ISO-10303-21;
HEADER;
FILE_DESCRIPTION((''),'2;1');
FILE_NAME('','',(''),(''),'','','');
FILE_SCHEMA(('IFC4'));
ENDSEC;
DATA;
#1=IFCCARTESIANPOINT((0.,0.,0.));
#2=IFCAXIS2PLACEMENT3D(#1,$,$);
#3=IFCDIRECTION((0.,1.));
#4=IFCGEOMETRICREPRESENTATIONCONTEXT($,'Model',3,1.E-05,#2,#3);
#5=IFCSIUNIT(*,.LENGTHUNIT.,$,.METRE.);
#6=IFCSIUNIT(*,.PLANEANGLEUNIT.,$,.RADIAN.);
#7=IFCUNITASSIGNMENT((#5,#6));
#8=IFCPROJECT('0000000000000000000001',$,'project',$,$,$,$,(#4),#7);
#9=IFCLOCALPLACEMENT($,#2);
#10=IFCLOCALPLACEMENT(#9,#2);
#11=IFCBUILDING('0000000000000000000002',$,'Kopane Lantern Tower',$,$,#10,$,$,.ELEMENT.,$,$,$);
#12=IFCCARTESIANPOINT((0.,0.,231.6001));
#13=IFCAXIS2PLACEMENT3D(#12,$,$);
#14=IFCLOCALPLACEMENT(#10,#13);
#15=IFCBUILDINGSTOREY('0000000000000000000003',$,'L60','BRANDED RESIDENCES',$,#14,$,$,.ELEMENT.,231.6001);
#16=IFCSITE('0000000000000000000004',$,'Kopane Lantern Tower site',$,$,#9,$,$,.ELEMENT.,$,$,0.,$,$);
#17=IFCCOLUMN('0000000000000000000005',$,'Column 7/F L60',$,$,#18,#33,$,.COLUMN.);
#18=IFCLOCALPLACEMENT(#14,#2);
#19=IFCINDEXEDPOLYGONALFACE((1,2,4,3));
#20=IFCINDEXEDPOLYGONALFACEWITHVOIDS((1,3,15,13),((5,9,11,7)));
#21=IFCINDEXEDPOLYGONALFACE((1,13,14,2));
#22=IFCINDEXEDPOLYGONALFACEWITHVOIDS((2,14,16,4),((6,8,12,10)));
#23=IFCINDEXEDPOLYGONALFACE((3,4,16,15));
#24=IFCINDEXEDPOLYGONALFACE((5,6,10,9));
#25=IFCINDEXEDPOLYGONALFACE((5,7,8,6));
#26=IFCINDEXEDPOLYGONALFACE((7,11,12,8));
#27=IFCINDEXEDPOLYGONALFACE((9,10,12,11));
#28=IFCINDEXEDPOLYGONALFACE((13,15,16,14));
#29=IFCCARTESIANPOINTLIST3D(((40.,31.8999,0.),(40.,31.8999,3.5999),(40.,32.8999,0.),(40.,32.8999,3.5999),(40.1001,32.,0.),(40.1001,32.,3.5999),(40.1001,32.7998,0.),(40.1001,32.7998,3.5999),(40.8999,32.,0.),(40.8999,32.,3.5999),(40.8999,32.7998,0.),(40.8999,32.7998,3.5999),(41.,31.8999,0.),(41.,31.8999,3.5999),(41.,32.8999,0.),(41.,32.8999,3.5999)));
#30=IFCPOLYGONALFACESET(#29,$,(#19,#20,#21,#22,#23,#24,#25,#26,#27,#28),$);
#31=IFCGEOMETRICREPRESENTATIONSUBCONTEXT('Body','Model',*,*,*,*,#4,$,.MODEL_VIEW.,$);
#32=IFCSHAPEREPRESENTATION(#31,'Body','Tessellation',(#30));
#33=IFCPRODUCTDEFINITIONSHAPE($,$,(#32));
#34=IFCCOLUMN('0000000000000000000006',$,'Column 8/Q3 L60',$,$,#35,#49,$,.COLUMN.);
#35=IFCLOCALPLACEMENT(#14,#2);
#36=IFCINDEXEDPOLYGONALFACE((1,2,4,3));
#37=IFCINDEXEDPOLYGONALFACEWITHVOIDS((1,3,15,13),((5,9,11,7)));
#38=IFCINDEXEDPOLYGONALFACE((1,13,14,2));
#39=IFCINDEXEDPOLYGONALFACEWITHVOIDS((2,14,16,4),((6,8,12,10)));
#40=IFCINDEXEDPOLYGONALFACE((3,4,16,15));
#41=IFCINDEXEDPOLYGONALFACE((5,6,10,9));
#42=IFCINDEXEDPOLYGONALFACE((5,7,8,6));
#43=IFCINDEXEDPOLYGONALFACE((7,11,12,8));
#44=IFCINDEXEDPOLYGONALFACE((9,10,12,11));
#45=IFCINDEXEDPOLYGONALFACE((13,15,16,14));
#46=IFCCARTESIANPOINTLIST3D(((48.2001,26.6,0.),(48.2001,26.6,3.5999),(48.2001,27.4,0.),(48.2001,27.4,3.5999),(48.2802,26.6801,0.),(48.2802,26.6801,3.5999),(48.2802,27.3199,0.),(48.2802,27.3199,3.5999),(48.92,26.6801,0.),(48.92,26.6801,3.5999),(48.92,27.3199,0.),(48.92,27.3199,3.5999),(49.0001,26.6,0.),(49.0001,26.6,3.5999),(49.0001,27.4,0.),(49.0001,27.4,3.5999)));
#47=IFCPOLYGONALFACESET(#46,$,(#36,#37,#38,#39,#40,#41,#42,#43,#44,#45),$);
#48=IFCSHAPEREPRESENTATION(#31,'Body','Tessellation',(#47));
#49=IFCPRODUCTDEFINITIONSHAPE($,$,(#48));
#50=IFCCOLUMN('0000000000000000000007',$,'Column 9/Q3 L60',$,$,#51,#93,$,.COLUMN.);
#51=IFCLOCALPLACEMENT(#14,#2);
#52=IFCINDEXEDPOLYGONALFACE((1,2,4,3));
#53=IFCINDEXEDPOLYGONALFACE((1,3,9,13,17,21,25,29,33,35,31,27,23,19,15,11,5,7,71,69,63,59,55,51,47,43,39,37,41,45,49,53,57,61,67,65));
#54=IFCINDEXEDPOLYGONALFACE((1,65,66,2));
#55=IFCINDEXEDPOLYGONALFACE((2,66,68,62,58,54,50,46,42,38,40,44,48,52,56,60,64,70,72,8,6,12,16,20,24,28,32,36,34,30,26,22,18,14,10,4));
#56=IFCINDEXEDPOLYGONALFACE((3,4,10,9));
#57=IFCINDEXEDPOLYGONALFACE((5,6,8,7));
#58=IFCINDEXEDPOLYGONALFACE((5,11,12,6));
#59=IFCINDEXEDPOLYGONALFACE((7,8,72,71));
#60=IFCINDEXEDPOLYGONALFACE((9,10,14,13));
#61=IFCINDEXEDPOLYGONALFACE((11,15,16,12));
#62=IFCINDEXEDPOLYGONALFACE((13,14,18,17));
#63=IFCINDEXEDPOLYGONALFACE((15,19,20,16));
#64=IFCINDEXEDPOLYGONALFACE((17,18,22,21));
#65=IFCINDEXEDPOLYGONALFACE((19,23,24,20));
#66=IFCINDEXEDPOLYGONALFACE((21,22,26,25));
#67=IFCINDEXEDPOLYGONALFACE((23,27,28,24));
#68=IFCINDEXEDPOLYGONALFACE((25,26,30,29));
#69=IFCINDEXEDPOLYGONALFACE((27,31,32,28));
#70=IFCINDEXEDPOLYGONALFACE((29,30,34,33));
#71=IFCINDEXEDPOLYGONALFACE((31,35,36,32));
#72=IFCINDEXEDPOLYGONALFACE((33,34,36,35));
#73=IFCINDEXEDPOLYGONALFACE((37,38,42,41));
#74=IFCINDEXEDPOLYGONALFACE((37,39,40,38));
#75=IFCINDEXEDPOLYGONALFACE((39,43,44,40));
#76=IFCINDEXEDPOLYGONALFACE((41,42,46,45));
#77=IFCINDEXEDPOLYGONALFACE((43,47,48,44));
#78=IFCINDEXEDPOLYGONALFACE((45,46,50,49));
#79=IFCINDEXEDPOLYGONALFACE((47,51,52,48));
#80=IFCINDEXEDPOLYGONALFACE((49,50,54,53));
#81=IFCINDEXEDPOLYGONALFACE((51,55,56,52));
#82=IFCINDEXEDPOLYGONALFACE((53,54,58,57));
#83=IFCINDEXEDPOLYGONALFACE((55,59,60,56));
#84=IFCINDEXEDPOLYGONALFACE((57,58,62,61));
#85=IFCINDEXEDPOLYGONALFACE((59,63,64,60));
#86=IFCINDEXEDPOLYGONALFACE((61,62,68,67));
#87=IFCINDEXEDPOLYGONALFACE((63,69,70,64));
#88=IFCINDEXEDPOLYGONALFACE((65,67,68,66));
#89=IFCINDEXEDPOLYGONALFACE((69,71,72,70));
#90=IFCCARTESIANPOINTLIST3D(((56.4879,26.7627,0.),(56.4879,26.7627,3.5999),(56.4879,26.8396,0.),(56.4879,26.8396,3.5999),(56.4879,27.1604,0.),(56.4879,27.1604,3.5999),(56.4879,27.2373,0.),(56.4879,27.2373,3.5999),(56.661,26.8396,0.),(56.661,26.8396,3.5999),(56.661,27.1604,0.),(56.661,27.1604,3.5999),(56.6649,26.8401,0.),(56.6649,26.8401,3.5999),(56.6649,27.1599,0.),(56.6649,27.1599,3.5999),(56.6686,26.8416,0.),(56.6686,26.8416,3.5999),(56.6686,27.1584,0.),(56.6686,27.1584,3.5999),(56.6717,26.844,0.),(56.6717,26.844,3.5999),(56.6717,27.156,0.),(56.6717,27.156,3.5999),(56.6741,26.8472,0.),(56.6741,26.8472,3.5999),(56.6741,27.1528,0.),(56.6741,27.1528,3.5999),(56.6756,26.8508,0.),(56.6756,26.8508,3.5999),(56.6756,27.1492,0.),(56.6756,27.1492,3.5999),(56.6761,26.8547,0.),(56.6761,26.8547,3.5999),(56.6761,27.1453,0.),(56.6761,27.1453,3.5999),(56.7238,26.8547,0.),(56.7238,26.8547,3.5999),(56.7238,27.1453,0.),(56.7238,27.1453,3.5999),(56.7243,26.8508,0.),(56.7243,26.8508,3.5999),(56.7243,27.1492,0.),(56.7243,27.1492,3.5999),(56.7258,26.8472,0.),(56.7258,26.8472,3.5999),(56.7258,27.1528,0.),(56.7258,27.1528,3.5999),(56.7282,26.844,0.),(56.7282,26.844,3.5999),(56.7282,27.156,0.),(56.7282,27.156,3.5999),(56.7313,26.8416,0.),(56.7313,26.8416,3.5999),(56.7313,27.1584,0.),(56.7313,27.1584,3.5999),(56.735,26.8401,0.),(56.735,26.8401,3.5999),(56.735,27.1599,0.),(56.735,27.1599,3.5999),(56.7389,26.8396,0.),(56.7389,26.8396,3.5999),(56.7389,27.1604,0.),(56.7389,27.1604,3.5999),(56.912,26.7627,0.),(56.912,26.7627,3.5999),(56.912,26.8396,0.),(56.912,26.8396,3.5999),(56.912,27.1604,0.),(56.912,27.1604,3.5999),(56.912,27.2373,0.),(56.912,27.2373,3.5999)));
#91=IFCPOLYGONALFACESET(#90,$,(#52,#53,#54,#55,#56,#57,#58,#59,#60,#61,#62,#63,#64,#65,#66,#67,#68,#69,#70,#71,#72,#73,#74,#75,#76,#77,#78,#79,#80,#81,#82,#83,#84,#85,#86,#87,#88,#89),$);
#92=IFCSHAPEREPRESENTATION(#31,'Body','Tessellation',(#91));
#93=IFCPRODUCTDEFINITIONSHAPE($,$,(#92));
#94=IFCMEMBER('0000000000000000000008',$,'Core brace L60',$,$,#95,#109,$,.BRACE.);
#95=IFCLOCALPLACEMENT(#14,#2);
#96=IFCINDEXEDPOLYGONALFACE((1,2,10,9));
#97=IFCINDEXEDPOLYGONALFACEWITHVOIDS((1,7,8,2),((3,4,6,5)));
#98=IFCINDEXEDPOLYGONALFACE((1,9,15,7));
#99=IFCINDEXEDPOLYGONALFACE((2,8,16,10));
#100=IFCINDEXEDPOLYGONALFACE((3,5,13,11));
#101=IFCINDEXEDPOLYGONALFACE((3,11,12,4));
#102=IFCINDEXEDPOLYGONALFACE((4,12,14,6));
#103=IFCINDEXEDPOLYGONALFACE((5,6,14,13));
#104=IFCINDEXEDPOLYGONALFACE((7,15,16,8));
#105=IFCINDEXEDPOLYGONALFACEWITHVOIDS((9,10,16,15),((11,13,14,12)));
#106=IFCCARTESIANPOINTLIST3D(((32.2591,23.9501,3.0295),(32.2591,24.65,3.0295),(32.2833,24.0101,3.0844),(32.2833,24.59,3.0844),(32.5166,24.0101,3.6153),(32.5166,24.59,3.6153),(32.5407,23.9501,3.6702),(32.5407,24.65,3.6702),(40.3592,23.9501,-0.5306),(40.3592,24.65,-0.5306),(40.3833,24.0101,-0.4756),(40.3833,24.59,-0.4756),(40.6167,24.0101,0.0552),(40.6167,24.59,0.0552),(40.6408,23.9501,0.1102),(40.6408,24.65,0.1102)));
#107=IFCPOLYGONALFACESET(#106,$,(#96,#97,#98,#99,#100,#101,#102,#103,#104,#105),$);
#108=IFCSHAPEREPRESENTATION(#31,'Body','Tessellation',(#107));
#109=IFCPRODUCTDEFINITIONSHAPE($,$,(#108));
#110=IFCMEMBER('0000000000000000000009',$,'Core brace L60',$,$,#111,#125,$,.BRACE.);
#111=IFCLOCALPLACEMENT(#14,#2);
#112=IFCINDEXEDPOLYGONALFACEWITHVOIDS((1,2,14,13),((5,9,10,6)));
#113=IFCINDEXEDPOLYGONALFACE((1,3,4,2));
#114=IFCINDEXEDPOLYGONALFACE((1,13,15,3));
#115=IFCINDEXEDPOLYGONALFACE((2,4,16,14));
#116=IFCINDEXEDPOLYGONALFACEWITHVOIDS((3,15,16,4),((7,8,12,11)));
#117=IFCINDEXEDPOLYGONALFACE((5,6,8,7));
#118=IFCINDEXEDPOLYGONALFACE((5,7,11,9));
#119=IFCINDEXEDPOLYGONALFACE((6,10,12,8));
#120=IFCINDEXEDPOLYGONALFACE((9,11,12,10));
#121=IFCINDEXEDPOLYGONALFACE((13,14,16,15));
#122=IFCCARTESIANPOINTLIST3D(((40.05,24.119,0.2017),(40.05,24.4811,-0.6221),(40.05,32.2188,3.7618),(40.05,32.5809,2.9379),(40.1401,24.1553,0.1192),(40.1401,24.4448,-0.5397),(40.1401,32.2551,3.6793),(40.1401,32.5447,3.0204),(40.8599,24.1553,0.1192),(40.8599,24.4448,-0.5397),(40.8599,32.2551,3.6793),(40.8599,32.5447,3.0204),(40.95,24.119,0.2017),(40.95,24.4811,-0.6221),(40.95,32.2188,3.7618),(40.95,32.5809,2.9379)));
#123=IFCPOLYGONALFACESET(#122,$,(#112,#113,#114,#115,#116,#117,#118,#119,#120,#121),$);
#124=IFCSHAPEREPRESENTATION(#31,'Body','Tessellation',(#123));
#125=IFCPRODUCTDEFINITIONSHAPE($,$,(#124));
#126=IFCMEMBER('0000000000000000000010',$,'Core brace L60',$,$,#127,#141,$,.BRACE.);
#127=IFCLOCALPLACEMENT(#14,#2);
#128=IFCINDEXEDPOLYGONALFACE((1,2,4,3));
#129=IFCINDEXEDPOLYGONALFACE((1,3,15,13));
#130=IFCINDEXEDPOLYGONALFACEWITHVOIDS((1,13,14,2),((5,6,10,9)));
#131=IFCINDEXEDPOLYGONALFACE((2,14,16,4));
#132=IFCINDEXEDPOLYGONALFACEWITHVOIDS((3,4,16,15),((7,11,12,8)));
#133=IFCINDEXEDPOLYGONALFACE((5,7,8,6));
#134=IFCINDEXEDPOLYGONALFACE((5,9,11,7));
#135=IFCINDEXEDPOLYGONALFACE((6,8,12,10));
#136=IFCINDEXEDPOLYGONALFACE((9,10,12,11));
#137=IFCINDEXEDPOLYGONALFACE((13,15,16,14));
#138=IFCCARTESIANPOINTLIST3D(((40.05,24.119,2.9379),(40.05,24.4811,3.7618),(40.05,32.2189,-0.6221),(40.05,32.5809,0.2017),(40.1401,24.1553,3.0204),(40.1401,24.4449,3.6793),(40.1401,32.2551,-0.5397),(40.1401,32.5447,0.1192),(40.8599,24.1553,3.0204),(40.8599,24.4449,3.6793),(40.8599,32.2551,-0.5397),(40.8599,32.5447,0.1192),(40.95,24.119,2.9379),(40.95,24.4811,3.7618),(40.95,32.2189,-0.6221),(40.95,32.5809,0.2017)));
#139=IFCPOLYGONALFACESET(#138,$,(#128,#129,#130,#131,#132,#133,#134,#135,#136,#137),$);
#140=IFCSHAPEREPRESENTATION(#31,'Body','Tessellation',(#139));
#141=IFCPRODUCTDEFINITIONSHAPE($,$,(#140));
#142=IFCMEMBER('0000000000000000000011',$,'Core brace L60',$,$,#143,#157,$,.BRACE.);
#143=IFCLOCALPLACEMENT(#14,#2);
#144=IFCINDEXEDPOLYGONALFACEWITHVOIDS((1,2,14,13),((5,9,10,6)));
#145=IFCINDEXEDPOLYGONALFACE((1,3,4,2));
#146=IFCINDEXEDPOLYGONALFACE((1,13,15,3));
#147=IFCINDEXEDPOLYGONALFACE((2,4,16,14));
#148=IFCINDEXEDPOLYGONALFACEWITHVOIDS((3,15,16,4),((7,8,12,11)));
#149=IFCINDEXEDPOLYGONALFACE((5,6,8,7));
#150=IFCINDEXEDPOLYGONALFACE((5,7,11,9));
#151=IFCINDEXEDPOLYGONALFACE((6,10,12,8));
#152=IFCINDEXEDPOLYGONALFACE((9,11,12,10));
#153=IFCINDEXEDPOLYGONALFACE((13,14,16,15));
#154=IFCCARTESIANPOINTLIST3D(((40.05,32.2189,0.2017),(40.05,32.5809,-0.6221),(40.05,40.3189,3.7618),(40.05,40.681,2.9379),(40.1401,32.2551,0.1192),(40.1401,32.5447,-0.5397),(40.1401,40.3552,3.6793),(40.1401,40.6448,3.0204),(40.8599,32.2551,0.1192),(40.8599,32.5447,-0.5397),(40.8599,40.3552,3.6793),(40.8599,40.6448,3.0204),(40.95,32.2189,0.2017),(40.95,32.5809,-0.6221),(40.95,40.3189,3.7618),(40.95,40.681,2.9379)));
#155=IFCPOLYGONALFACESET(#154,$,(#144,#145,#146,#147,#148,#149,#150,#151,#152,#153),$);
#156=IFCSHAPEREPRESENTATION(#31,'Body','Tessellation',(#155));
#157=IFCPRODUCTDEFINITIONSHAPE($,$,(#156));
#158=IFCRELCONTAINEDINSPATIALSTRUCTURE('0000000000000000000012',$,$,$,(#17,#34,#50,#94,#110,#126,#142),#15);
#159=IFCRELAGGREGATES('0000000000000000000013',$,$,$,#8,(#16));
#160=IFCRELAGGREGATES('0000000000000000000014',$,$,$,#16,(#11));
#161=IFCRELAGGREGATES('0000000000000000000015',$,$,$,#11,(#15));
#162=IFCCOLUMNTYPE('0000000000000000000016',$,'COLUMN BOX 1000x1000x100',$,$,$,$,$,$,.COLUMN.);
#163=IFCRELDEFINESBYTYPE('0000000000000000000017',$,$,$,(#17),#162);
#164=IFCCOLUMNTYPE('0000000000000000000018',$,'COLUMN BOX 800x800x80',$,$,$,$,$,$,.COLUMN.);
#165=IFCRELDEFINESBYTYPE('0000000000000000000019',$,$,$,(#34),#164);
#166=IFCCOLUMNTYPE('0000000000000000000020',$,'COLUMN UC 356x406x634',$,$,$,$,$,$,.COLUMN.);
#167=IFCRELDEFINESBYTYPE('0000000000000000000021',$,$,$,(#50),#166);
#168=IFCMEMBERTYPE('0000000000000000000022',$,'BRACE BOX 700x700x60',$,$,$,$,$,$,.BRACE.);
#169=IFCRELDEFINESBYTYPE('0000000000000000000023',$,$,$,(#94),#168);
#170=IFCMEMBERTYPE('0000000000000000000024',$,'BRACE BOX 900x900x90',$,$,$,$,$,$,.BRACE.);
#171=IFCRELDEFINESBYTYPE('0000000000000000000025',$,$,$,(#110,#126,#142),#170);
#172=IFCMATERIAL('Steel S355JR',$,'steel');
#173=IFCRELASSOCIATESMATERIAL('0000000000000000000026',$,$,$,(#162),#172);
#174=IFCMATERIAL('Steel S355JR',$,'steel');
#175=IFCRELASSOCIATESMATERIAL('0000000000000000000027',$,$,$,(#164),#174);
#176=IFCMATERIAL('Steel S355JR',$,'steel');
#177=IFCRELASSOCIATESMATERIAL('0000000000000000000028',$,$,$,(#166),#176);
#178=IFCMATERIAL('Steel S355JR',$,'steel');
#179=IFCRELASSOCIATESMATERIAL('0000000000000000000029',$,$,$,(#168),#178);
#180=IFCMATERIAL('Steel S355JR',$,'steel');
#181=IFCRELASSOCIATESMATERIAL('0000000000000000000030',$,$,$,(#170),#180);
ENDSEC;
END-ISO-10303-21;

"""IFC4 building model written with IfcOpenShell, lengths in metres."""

from ifc_helpers import new_model, si_unit, direction, frame, origin, origin_2d, place, context, subcontext, project, spatial, hollow_rectangle, i_section, extrude, material, material_profile, profile_set, type_object, element, save


model = new_model("IFC4")

# Units and contexts
model_context = context("Model", 3, precision=1e-05, world=origin(), true_north=direction((0.0, 1.0)))
body_context = subcontext(model_context, "Body", "Model", "MODEL_VIEW")
ifc_project = project(units=[si_unit("LENGTHUNIT", "METRE"), si_unit("PLANEANGLEUNIT", "RADIAN")], contexts=[model_context])

# Site, building, storey
site_placement = place(None, origin())
site = spatial("IfcSite", under=ifc_project, at=site_placement, Name="Kopane Lantern Tower site", CompositionType="ELEMENT", RefElevation=0.0)
building_placement = place(site_placement, origin())
building = spatial("IfcBuilding", under=site, at=building_placement, Name="Kopane Lantern Tower", CompositionType="ELEMENT")
storey_placement = place(building_placement, frame((0.0, 0.0, 231.6001)))
storey = spatial("IfcBuildingStorey", under=building, at=storey_placement, Name="L60", Description="BRANDED RESIDENCES", CompositionType="ELEMENT", Elevation=231.6001)

# Columns
ifc_material_1 = material(Name="Steel S355JR", Category="steel")
ifc_material_profile_1 = material_profile(ifc_material_1, hollow_rectangle(XDim=1.0, YDim=1.0, WallThickness=0.1001, at=origin_2d()), Name="BOX 1000x1000x100")
ifc_profile_set_1 = profile_set([ifc_material_profile_1], Name="Steel S355JR")
column_type_1 = type_object("IfcColumnType", Name="COLUMN BOX 1000x1000x100", PredefinedType="COLUMN", material=ifc_profile_set_1)
column_1_placement = place(storey_placement, frame((40.5, 32.3999, 0.0), z_axis=(0.0, 0.0, 1.0), x_axis=(1.0, 0.0, 0.0)))
element("IfcColumn", 1, at=column_1_placement, inside=storey, type_object=column_type_1, Name="Column 7/F L60", PredefinedType="COLUMN", context=body_context, shape_type="SweptSolid", body=[
    extrude(hollow_rectangle(XDim=1.0, YDim=1.0, WallThickness=0.1001, at=origin_2d()), origin(), (0.0, 0.0, 1.0), 3.5999),
])
ifc_material_2 = material(Name="Steel S355JR", Category="steel")
ifc_material_profile_2 = material_profile(ifc_material_2, hollow_rectangle(XDim=0.8, YDim=0.8, WallThickness=0.0801, at=origin_2d()), Name="BOX 800x800x80")
ifc_profile_set_2 = profile_set([ifc_material_profile_2], Name="Steel S355JR")
column_type_2 = type_object("IfcColumnType", Name="COLUMN BOX 800x800x80", PredefinedType="COLUMN", material=ifc_profile_set_2)
column_2_placement = place(storey_placement, frame((48.6001, 27.0, 0.0), z_axis=(0.0, 0.0, 1.0), x_axis=(1.0, 0.0, 0.0)))
element("IfcColumn", 2, at=column_2_placement, inside=storey, type_object=column_type_2, Name="Column 8/Q3 L60", PredefinedType="COLUMN", context=body_context, shape_type="SweptSolid", body=[
    extrude(hollow_rectangle(XDim=0.8, YDim=0.8, WallThickness=0.0801, at=origin_2d()), origin(), (0.0, 0.0, 1.0), 3.5999),
])
ifc_material_3 = material(Name="Steel S355JR", Category="steel")
ifc_material_profile_3 = material_profile(ifc_material_3, i_section(OverallWidth=0.4241, OverallDepth=0.4746, WebThickness=0.0476, FlangeThickness=0.0769, FilletRadius=0.0151, at=origin_2d()), Name="UC 356x406x634")
ifc_profile_set_3 = profile_set([ifc_material_profile_3], Name="Steel S355JR")
column_type_3 = type_object("IfcColumnType", Name="COLUMN UC 356x406x634", PredefinedType="COLUMN", material=ifc_profile_set_3)
column_3_placement = place(storey_placement, frame((56.7, 27.0, 0.0), z_axis=(0.0, 0.0, 1.0), x_axis=(1.0, 0.0, 0.0)))
element("IfcColumn", 3, at=column_3_placement, inside=storey, type_object=column_type_3, Name="Column 9/Q3 L60", PredefinedType="COLUMN", context=body_context, shape_type="SweptSolid", body=[
    extrude(i_section(OverallWidth=0.4241, OverallDepth=0.4746, WebThickness=0.0476, FlangeThickness=0.0769, FilletRadius=0.0151, at=origin_2d()), origin(), (0.0, 0.0, 1.0), 3.5999),
])

# Members
ifc_material_4 = material(Name="Steel S355JR", Category="steel")
ifc_material_profile_4 = material_profile(ifc_material_4, hollow_rectangle(XDim=0.7, YDim=0.7, WallThickness=0.0601, at=origin_2d()), Name="BOX 700x700x60")
ifc_profile_set_4 = profile_set([ifc_material_profile_4], Name="Steel S355JR")
member_type_1 = type_object("IfcMemberType", Name="BRACE BOX 700x700x60", PredefinedType="BRACE", material=ifc_profile_set_4)
member_1_placement = place(storey_placement, frame((40.5, 24.3, -0.2102), z_axis=(-0.915481, 0.0, 0.402361), x_axis=(0.0, -1.0, 0.0)))
element("IfcMember", 4, at=member_1_placement, inside=storey, type_object=member_type_1, Name="Core brace L60", PredefinedType="BRACE", context=body_context, shape_type="SweptSolid", body=[
    extrude(hollow_rectangle(XDim=0.7, YDim=0.7, WallThickness=0.0601, at=origin_2d()), origin(), (0.0, 0.0, 1.0), 8.8479),
])
ifc_material_5 = material(Name="Steel S355JR", Category="steel")
ifc_material_profile_5 = material_profile(ifc_material_5, hollow_rectangle(XDim=0.8999, YDim=0.8999, WallThickness=0.0901, at=origin_2d()), Name="BOX 900x900x90")
ifc_profile_set_5 = profile_set([ifc_material_profile_5], Name="Steel S355JR")
member_type_2 = type_object("IfcMemberType", Name="BRACE BOX 900x900x90", PredefinedType="BRACE", material=ifc_profile_set_5)
for number, where, z_axis, x_axis, name in (
    (5, (40.5, 24.3, -0.2102), (0.0, 0.915476, 0.402371), (-1.0, 0.0, 0.0), "Core brace L60"),
    (6, (40.5, 32.3999, -0.2102), (0.0, -0.915476, 0.402371), (1.0, 0.0, 0.0), "Core brace L60"),
):
    element("IfcMember", number, at=place(storey_placement, frame(where, z_axis=z_axis, x_axis=x_axis)), inside=storey, type_object=member_type_2, Name=name, PredefinedType="BRACE", context=body_context, shape_type="SweptSolid", body=[
        extrude(hollow_rectangle(XDim=0.8999, YDim=0.8999, WallThickness=0.0901, at=origin_2d()), origin(), (0.0, 0.0, 1.0), 8.8477),
    ])
member_2_placement = place(storey_placement, frame((40.5, 32.3999, -0.2102), z_axis=(0.0, 0.915481, 0.402361), x_axis=(-1.0, 0.0, 0.0)))
element("IfcMember", 7, at=member_2_placement, inside=storey, type_object=member_type_2, Name="Core brace L60", PredefinedType="BRACE", context=body_context, shape_type="SweptSolid", body=[
    extrude(hollow_rectangle(XDim=0.8999, YDim=0.8999, WallThickness=0.0901, at=origin_2d()), origin(), (0.0, 0.0, 1.0), 8.8479),
])

save(model, "model.ifc")
